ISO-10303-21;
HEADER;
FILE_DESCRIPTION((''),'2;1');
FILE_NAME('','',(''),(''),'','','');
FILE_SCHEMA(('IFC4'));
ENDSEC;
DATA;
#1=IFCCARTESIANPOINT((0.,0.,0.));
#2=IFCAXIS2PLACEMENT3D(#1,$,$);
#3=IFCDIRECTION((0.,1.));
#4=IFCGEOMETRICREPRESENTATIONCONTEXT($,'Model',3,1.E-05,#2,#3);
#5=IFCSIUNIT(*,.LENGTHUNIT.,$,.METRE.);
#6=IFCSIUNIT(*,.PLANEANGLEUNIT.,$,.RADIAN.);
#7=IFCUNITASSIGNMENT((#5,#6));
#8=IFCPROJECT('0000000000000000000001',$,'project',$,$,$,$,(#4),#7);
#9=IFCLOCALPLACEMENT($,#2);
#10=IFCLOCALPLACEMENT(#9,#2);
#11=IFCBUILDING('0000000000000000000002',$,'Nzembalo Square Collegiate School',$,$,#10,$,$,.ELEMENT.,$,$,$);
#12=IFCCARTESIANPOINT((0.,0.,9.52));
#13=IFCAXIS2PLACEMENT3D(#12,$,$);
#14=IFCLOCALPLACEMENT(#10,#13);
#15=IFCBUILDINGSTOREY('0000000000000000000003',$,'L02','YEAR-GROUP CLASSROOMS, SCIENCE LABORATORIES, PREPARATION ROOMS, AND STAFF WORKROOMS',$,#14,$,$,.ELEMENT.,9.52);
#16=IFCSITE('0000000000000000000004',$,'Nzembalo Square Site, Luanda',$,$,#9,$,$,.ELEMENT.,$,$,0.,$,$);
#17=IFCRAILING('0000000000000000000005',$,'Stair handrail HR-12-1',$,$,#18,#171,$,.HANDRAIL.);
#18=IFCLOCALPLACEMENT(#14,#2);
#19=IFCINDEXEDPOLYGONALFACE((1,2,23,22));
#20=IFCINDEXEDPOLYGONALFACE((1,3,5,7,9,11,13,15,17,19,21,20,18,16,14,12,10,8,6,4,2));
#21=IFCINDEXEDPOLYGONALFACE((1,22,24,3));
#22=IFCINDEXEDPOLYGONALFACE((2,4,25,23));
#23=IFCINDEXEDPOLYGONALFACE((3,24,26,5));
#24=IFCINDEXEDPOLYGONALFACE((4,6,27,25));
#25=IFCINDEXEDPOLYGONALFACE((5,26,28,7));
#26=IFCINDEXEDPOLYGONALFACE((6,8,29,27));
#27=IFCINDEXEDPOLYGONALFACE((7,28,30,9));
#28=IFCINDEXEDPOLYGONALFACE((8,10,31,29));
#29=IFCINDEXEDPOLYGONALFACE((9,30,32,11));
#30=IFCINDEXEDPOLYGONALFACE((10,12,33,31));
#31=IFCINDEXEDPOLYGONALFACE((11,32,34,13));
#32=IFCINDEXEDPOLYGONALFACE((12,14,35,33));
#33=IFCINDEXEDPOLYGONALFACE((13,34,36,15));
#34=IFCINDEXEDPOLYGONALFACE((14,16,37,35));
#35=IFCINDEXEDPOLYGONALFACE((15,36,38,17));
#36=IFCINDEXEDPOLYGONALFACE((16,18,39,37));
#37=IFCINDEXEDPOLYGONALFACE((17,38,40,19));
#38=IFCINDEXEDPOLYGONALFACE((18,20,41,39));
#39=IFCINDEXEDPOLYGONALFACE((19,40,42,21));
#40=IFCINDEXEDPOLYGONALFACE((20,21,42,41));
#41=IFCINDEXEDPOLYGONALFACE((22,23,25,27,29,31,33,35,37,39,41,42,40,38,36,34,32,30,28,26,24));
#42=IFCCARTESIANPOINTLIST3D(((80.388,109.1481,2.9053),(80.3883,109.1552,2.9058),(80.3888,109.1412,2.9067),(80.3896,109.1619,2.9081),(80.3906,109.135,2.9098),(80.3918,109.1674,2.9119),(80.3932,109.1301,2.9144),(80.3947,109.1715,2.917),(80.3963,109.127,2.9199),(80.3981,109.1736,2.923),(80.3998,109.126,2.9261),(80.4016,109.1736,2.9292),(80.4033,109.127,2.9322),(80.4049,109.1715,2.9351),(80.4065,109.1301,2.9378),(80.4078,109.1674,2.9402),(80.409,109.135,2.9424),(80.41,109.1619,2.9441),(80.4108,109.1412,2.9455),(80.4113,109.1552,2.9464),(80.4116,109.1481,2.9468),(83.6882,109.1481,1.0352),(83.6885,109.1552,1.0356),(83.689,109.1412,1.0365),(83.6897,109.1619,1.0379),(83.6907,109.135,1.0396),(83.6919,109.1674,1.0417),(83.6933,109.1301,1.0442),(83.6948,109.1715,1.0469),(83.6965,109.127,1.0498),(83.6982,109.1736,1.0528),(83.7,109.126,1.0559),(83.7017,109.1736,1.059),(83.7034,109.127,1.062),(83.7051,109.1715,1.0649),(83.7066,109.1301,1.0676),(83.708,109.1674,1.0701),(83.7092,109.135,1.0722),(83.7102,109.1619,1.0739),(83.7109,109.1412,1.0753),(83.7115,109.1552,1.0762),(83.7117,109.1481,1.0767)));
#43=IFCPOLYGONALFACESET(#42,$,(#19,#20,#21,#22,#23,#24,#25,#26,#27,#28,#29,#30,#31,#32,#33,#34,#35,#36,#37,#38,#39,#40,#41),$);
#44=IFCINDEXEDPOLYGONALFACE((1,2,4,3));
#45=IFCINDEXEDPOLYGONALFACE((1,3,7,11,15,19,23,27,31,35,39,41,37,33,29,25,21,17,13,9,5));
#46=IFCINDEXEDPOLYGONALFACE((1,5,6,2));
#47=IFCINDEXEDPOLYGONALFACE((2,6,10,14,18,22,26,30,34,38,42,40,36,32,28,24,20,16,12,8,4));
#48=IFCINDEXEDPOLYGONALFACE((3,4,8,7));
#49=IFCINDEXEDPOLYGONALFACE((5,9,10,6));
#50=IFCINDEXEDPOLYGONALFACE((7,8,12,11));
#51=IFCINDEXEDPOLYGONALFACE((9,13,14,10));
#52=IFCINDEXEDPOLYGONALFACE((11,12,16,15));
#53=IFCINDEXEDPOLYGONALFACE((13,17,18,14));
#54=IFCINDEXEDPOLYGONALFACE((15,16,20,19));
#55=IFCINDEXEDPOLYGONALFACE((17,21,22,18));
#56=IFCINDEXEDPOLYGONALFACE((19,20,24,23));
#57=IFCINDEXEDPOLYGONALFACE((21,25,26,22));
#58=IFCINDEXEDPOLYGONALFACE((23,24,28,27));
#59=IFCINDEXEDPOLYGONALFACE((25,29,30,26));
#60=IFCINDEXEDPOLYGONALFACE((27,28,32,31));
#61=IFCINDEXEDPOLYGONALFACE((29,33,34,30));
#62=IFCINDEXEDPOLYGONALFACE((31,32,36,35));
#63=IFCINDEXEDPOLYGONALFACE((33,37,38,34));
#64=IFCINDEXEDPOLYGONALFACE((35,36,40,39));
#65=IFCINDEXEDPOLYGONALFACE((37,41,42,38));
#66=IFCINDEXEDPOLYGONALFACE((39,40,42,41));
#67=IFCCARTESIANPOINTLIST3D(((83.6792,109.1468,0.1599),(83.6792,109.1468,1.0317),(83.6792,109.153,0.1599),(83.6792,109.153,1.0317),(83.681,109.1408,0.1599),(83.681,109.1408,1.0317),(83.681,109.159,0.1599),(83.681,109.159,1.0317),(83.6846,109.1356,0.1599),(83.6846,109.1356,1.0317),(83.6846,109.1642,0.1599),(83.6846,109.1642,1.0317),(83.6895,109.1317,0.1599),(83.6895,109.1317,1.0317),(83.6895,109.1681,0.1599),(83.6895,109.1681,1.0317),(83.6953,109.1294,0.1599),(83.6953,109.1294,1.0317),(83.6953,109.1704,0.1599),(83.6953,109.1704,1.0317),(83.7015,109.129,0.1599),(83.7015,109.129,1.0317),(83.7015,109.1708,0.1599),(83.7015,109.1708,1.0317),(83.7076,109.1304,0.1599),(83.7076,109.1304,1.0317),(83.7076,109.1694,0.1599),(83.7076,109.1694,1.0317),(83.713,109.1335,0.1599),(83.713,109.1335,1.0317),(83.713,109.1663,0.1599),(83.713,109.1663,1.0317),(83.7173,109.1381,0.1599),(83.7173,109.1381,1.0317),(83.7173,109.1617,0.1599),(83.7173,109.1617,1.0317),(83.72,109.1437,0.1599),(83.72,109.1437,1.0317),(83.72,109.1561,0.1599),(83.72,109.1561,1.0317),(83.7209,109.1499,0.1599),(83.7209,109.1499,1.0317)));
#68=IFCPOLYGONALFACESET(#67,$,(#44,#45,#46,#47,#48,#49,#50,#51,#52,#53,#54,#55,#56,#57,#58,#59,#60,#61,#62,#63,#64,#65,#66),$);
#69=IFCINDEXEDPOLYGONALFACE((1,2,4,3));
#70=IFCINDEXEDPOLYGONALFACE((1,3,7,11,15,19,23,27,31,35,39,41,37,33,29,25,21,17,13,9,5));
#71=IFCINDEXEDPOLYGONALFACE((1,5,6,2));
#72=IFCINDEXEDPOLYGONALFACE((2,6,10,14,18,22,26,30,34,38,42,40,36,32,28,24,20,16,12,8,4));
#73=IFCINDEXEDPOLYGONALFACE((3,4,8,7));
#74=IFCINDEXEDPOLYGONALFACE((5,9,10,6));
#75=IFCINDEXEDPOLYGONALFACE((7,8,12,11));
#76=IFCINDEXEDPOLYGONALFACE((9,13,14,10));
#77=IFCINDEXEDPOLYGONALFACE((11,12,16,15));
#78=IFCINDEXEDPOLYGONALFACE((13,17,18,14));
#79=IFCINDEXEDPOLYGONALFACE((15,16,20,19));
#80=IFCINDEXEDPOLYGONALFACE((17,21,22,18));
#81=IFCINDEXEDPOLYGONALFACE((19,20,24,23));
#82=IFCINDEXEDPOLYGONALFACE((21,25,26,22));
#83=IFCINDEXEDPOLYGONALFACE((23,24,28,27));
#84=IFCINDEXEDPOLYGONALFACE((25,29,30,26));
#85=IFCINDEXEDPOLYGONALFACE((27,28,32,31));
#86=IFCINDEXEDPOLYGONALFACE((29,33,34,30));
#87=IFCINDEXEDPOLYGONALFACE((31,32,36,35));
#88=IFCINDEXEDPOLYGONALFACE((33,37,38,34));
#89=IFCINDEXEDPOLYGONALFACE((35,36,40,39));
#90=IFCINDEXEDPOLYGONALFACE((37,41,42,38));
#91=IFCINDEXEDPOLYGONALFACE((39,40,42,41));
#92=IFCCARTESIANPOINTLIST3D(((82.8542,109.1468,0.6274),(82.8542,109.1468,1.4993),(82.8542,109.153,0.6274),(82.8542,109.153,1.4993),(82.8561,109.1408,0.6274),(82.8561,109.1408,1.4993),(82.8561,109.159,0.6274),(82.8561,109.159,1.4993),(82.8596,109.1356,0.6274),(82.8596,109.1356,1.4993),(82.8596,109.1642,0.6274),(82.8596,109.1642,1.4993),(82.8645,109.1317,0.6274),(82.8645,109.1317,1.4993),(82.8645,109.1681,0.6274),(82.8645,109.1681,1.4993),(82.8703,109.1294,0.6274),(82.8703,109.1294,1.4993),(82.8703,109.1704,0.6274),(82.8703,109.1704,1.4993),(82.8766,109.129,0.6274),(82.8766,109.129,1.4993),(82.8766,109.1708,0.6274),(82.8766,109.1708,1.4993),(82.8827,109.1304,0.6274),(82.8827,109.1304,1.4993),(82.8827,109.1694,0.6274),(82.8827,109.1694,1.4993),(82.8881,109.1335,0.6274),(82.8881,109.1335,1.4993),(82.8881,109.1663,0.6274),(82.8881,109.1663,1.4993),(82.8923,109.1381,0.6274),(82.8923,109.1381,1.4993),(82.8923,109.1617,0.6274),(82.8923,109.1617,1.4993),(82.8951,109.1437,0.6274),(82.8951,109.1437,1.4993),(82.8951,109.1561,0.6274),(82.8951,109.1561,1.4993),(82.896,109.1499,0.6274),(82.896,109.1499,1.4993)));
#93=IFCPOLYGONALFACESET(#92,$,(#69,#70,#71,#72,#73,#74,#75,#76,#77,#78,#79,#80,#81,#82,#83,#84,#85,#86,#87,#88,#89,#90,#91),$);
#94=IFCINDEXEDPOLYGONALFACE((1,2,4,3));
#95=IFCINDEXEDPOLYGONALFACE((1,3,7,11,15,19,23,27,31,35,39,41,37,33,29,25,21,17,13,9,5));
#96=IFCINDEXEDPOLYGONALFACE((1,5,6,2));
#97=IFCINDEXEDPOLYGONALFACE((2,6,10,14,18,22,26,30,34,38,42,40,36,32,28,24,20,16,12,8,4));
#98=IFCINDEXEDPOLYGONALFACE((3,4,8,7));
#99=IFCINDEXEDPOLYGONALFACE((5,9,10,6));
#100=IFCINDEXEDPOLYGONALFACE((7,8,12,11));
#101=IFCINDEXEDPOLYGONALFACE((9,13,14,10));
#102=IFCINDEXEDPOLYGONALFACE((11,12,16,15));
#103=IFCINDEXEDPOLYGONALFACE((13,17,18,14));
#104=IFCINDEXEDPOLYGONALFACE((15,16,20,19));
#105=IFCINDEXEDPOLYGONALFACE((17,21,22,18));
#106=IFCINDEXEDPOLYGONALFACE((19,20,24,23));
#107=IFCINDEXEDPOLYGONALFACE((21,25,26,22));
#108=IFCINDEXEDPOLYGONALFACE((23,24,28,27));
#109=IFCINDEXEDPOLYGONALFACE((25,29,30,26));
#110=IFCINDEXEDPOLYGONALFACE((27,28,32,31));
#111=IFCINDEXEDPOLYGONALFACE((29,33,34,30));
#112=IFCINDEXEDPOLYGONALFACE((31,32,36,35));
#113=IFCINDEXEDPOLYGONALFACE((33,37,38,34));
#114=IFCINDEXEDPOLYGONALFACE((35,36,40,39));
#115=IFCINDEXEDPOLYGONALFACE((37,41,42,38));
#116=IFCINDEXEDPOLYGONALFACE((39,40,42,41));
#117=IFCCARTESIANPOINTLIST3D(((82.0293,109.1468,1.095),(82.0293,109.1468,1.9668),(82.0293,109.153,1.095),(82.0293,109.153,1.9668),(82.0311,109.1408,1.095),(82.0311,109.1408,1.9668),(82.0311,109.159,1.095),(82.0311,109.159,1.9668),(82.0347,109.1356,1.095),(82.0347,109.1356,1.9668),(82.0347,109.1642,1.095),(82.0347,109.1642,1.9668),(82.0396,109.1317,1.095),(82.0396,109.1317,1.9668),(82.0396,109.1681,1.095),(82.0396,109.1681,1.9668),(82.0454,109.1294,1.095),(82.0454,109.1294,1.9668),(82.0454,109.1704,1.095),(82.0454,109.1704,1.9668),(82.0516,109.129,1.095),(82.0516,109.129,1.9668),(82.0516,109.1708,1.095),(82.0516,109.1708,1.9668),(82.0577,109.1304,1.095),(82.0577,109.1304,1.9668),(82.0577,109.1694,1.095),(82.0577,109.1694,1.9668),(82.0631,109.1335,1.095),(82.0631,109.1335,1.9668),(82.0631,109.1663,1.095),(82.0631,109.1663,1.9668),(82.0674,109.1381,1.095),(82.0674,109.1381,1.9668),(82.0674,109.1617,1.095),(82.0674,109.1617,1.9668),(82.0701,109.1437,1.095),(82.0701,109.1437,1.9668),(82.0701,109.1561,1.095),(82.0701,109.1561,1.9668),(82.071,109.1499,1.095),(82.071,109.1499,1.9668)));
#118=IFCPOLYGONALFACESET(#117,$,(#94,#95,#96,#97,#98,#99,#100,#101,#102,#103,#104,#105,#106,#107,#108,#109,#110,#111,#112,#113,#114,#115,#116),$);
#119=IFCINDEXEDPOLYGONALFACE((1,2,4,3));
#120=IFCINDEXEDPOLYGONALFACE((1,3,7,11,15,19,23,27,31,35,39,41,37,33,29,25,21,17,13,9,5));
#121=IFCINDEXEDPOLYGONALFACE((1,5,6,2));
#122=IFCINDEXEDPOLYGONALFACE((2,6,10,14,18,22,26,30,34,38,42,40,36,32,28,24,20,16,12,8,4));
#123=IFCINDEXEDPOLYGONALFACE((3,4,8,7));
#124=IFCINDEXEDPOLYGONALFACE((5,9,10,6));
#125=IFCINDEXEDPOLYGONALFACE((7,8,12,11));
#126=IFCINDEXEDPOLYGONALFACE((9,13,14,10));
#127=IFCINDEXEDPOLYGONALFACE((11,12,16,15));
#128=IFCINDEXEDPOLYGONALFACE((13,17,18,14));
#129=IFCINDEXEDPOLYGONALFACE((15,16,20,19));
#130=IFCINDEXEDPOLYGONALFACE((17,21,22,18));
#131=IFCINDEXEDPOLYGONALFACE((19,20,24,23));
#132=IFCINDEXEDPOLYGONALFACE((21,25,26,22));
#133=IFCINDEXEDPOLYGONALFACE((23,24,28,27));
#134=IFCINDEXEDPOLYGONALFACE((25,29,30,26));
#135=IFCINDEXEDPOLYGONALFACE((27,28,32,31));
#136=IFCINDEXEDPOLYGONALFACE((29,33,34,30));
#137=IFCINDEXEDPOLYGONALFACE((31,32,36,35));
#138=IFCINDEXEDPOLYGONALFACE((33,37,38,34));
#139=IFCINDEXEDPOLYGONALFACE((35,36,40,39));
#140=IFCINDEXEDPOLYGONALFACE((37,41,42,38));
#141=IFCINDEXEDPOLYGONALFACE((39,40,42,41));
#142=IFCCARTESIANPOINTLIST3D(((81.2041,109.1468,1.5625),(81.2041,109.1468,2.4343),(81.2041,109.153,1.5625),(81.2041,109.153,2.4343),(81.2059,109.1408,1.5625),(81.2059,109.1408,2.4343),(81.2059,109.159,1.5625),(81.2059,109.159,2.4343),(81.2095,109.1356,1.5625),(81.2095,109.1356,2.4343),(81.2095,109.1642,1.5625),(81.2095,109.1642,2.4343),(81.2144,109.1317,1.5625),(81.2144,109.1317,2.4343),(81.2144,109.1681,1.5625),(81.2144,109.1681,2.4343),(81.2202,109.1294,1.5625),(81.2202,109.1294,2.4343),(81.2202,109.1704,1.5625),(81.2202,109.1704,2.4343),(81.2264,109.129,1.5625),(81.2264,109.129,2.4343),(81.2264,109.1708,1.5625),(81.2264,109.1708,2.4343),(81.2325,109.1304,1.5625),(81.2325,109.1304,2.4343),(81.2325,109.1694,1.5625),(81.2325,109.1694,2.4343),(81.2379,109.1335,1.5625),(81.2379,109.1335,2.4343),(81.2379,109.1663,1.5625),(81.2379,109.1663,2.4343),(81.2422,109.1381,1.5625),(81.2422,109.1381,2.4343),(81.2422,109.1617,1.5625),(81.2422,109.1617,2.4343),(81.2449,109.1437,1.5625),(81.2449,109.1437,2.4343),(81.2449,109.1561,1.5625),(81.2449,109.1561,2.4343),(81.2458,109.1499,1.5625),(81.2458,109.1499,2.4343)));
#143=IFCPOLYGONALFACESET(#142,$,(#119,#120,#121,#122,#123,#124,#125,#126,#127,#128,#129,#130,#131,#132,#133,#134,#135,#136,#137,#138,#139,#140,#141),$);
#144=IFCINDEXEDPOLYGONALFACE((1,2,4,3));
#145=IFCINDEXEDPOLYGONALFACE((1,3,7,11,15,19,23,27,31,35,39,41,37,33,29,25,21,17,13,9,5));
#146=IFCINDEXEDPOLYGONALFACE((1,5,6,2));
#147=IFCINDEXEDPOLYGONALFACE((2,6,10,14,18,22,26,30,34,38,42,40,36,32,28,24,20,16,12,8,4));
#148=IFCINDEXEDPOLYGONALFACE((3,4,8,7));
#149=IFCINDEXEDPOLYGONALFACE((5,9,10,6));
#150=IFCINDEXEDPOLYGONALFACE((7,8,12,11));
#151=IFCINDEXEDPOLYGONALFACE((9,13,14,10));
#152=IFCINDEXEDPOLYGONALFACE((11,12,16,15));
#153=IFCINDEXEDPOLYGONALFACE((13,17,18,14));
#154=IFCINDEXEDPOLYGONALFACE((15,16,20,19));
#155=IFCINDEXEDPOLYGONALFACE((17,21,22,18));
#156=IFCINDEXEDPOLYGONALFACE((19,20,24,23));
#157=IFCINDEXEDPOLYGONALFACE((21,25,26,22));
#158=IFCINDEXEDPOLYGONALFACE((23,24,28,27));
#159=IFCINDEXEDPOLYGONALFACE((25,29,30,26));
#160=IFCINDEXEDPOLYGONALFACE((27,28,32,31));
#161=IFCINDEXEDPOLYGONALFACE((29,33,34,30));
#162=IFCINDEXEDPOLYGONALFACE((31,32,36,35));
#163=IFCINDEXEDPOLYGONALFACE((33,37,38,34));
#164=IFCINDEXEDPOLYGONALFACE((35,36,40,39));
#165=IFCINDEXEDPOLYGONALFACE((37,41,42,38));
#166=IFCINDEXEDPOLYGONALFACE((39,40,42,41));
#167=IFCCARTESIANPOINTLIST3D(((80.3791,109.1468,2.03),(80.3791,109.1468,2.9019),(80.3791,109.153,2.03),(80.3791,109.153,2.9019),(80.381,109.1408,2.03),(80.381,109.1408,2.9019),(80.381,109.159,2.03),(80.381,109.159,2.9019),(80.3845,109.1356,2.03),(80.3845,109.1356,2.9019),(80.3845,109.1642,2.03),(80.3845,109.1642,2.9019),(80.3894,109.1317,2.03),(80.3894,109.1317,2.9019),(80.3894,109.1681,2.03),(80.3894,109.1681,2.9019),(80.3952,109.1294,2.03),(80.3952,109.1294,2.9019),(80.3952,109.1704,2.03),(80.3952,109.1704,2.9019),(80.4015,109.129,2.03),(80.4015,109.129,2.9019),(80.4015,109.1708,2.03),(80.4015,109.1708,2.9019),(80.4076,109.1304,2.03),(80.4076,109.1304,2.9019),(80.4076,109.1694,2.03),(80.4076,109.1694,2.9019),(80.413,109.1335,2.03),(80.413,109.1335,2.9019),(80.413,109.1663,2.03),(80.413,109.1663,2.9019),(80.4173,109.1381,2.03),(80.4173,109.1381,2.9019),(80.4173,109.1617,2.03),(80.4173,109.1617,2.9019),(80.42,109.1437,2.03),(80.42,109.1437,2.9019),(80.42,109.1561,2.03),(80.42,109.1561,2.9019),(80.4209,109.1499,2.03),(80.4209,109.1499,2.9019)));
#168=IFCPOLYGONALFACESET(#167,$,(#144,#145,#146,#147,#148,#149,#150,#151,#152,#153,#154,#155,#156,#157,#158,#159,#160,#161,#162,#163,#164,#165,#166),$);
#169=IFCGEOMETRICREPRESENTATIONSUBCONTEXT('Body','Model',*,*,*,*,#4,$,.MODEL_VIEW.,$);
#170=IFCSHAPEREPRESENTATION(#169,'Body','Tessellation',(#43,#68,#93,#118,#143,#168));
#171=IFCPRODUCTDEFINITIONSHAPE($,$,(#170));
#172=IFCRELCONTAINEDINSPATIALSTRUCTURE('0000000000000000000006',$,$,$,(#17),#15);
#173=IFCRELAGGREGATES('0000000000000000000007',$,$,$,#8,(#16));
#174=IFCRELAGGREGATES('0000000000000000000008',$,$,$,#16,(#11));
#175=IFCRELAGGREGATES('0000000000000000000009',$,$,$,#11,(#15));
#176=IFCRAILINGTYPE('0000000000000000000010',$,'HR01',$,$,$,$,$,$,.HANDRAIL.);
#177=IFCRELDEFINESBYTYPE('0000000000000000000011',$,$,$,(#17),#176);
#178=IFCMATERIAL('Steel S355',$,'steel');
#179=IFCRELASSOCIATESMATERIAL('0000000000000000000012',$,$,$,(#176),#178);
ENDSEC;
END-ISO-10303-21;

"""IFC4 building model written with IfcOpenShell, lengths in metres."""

from ifc_helpers import new_model, si_unit, direction, frame, origin, origin_2d, place, context, subcontext, project, spatial, circle, extrude, material, type_object, element, save


model = new_model("IFC4")

# Units and contexts
model_context = context("Model", 3, precision=1e-05, world=origin(), true_north=direction((0.0, 1.0)))
body_context = subcontext(model_context, "Body", "Model", "MODEL_VIEW")
ifc_project = project(units=[si_unit("LENGTHUNIT", "METRE"), si_unit("PLANEANGLEUNIT", "RADIAN")], contexts=[model_context])

# Site, building, storey
site_placement = place(None, origin())
site = spatial("IfcSite", under=ifc_project, at=site_placement, Name="Nzembalo Square Site, Luanda", CompositionType="ELEMENT", RefElevation=0.0)
building_placement = place(site_placement, origin())
building = spatial("IfcBuilding", under=site, at=building_placement, Name="Nzembalo Square Collegiate School", CompositionType="ELEMENT")
storey_placement = place(building_placement, frame((0.0, 0.0, 9.52)))
storey = spatial("IfcBuildingStorey", under=building, at=storey_placement, Name="L02", Description="YEAR-GROUP CLASSROOMS, SCIENCE LABORATORIES, PREPARATION ROOMS, AND STAFF WORKROOMS", CompositionType="ELEMENT", Elevation=9.52)

# Railing
ifc_material_1 = material(Name="Steel S355", Category="steel")
railing_type_1 = type_object("IfcRailingType", Name="HR01", PredefinedType="HANDRAIL", material=ifc_material_1)
railing_1_placement = place(storey_placement, frame((83.7, 109.1499, 0.1599)))
element("IfcRailing", 1, at=railing_1_placement, inside=storey, type_object=railing_type_1, Name="Stair handrail HR-12-1", PredefinedType="HANDRAIL", context=body_context, shape_type="SweptSolid", body=[
    extrude(circle(Radius=0.0239, at=origin_2d()), frame((0.0, 0.0, 0.896), z_axis=(-0.870012, 0.0, 0.49303), x_axis=(0.0, -1.0, 0.0)), (0.0, 0.0, 1.0), 3.7932),
    extrude(circle(Radius=0.021, at=origin_2d()), origin(), (0.0, 0.0, 1.0), 0.8718),
    extrude(circle(Radius=0.021, at=origin_2d()), frame((-0.825, 0.0, 0.4675)), (0.0, 0.0, 1.0), 0.8718),
    extrude(circle(Radius=0.021, at=origin_2d()), frame((-1.6499, 0.0, 0.9351)), (0.0, 0.0, 1.0), 0.8718),
    extrude(circle(Radius=0.021, at=origin_2d()), frame((-2.4751, 0.0, 1.4026)), (0.0, 0.0, 1.0), 0.8718),
    extrude(circle(Radius=0.021, at=origin_2d()), frame((-3.3, 0.0, 1.8701)), (0.0, 0.0, 1.0), 0.8718),
])

save(model, "model.ifc")
